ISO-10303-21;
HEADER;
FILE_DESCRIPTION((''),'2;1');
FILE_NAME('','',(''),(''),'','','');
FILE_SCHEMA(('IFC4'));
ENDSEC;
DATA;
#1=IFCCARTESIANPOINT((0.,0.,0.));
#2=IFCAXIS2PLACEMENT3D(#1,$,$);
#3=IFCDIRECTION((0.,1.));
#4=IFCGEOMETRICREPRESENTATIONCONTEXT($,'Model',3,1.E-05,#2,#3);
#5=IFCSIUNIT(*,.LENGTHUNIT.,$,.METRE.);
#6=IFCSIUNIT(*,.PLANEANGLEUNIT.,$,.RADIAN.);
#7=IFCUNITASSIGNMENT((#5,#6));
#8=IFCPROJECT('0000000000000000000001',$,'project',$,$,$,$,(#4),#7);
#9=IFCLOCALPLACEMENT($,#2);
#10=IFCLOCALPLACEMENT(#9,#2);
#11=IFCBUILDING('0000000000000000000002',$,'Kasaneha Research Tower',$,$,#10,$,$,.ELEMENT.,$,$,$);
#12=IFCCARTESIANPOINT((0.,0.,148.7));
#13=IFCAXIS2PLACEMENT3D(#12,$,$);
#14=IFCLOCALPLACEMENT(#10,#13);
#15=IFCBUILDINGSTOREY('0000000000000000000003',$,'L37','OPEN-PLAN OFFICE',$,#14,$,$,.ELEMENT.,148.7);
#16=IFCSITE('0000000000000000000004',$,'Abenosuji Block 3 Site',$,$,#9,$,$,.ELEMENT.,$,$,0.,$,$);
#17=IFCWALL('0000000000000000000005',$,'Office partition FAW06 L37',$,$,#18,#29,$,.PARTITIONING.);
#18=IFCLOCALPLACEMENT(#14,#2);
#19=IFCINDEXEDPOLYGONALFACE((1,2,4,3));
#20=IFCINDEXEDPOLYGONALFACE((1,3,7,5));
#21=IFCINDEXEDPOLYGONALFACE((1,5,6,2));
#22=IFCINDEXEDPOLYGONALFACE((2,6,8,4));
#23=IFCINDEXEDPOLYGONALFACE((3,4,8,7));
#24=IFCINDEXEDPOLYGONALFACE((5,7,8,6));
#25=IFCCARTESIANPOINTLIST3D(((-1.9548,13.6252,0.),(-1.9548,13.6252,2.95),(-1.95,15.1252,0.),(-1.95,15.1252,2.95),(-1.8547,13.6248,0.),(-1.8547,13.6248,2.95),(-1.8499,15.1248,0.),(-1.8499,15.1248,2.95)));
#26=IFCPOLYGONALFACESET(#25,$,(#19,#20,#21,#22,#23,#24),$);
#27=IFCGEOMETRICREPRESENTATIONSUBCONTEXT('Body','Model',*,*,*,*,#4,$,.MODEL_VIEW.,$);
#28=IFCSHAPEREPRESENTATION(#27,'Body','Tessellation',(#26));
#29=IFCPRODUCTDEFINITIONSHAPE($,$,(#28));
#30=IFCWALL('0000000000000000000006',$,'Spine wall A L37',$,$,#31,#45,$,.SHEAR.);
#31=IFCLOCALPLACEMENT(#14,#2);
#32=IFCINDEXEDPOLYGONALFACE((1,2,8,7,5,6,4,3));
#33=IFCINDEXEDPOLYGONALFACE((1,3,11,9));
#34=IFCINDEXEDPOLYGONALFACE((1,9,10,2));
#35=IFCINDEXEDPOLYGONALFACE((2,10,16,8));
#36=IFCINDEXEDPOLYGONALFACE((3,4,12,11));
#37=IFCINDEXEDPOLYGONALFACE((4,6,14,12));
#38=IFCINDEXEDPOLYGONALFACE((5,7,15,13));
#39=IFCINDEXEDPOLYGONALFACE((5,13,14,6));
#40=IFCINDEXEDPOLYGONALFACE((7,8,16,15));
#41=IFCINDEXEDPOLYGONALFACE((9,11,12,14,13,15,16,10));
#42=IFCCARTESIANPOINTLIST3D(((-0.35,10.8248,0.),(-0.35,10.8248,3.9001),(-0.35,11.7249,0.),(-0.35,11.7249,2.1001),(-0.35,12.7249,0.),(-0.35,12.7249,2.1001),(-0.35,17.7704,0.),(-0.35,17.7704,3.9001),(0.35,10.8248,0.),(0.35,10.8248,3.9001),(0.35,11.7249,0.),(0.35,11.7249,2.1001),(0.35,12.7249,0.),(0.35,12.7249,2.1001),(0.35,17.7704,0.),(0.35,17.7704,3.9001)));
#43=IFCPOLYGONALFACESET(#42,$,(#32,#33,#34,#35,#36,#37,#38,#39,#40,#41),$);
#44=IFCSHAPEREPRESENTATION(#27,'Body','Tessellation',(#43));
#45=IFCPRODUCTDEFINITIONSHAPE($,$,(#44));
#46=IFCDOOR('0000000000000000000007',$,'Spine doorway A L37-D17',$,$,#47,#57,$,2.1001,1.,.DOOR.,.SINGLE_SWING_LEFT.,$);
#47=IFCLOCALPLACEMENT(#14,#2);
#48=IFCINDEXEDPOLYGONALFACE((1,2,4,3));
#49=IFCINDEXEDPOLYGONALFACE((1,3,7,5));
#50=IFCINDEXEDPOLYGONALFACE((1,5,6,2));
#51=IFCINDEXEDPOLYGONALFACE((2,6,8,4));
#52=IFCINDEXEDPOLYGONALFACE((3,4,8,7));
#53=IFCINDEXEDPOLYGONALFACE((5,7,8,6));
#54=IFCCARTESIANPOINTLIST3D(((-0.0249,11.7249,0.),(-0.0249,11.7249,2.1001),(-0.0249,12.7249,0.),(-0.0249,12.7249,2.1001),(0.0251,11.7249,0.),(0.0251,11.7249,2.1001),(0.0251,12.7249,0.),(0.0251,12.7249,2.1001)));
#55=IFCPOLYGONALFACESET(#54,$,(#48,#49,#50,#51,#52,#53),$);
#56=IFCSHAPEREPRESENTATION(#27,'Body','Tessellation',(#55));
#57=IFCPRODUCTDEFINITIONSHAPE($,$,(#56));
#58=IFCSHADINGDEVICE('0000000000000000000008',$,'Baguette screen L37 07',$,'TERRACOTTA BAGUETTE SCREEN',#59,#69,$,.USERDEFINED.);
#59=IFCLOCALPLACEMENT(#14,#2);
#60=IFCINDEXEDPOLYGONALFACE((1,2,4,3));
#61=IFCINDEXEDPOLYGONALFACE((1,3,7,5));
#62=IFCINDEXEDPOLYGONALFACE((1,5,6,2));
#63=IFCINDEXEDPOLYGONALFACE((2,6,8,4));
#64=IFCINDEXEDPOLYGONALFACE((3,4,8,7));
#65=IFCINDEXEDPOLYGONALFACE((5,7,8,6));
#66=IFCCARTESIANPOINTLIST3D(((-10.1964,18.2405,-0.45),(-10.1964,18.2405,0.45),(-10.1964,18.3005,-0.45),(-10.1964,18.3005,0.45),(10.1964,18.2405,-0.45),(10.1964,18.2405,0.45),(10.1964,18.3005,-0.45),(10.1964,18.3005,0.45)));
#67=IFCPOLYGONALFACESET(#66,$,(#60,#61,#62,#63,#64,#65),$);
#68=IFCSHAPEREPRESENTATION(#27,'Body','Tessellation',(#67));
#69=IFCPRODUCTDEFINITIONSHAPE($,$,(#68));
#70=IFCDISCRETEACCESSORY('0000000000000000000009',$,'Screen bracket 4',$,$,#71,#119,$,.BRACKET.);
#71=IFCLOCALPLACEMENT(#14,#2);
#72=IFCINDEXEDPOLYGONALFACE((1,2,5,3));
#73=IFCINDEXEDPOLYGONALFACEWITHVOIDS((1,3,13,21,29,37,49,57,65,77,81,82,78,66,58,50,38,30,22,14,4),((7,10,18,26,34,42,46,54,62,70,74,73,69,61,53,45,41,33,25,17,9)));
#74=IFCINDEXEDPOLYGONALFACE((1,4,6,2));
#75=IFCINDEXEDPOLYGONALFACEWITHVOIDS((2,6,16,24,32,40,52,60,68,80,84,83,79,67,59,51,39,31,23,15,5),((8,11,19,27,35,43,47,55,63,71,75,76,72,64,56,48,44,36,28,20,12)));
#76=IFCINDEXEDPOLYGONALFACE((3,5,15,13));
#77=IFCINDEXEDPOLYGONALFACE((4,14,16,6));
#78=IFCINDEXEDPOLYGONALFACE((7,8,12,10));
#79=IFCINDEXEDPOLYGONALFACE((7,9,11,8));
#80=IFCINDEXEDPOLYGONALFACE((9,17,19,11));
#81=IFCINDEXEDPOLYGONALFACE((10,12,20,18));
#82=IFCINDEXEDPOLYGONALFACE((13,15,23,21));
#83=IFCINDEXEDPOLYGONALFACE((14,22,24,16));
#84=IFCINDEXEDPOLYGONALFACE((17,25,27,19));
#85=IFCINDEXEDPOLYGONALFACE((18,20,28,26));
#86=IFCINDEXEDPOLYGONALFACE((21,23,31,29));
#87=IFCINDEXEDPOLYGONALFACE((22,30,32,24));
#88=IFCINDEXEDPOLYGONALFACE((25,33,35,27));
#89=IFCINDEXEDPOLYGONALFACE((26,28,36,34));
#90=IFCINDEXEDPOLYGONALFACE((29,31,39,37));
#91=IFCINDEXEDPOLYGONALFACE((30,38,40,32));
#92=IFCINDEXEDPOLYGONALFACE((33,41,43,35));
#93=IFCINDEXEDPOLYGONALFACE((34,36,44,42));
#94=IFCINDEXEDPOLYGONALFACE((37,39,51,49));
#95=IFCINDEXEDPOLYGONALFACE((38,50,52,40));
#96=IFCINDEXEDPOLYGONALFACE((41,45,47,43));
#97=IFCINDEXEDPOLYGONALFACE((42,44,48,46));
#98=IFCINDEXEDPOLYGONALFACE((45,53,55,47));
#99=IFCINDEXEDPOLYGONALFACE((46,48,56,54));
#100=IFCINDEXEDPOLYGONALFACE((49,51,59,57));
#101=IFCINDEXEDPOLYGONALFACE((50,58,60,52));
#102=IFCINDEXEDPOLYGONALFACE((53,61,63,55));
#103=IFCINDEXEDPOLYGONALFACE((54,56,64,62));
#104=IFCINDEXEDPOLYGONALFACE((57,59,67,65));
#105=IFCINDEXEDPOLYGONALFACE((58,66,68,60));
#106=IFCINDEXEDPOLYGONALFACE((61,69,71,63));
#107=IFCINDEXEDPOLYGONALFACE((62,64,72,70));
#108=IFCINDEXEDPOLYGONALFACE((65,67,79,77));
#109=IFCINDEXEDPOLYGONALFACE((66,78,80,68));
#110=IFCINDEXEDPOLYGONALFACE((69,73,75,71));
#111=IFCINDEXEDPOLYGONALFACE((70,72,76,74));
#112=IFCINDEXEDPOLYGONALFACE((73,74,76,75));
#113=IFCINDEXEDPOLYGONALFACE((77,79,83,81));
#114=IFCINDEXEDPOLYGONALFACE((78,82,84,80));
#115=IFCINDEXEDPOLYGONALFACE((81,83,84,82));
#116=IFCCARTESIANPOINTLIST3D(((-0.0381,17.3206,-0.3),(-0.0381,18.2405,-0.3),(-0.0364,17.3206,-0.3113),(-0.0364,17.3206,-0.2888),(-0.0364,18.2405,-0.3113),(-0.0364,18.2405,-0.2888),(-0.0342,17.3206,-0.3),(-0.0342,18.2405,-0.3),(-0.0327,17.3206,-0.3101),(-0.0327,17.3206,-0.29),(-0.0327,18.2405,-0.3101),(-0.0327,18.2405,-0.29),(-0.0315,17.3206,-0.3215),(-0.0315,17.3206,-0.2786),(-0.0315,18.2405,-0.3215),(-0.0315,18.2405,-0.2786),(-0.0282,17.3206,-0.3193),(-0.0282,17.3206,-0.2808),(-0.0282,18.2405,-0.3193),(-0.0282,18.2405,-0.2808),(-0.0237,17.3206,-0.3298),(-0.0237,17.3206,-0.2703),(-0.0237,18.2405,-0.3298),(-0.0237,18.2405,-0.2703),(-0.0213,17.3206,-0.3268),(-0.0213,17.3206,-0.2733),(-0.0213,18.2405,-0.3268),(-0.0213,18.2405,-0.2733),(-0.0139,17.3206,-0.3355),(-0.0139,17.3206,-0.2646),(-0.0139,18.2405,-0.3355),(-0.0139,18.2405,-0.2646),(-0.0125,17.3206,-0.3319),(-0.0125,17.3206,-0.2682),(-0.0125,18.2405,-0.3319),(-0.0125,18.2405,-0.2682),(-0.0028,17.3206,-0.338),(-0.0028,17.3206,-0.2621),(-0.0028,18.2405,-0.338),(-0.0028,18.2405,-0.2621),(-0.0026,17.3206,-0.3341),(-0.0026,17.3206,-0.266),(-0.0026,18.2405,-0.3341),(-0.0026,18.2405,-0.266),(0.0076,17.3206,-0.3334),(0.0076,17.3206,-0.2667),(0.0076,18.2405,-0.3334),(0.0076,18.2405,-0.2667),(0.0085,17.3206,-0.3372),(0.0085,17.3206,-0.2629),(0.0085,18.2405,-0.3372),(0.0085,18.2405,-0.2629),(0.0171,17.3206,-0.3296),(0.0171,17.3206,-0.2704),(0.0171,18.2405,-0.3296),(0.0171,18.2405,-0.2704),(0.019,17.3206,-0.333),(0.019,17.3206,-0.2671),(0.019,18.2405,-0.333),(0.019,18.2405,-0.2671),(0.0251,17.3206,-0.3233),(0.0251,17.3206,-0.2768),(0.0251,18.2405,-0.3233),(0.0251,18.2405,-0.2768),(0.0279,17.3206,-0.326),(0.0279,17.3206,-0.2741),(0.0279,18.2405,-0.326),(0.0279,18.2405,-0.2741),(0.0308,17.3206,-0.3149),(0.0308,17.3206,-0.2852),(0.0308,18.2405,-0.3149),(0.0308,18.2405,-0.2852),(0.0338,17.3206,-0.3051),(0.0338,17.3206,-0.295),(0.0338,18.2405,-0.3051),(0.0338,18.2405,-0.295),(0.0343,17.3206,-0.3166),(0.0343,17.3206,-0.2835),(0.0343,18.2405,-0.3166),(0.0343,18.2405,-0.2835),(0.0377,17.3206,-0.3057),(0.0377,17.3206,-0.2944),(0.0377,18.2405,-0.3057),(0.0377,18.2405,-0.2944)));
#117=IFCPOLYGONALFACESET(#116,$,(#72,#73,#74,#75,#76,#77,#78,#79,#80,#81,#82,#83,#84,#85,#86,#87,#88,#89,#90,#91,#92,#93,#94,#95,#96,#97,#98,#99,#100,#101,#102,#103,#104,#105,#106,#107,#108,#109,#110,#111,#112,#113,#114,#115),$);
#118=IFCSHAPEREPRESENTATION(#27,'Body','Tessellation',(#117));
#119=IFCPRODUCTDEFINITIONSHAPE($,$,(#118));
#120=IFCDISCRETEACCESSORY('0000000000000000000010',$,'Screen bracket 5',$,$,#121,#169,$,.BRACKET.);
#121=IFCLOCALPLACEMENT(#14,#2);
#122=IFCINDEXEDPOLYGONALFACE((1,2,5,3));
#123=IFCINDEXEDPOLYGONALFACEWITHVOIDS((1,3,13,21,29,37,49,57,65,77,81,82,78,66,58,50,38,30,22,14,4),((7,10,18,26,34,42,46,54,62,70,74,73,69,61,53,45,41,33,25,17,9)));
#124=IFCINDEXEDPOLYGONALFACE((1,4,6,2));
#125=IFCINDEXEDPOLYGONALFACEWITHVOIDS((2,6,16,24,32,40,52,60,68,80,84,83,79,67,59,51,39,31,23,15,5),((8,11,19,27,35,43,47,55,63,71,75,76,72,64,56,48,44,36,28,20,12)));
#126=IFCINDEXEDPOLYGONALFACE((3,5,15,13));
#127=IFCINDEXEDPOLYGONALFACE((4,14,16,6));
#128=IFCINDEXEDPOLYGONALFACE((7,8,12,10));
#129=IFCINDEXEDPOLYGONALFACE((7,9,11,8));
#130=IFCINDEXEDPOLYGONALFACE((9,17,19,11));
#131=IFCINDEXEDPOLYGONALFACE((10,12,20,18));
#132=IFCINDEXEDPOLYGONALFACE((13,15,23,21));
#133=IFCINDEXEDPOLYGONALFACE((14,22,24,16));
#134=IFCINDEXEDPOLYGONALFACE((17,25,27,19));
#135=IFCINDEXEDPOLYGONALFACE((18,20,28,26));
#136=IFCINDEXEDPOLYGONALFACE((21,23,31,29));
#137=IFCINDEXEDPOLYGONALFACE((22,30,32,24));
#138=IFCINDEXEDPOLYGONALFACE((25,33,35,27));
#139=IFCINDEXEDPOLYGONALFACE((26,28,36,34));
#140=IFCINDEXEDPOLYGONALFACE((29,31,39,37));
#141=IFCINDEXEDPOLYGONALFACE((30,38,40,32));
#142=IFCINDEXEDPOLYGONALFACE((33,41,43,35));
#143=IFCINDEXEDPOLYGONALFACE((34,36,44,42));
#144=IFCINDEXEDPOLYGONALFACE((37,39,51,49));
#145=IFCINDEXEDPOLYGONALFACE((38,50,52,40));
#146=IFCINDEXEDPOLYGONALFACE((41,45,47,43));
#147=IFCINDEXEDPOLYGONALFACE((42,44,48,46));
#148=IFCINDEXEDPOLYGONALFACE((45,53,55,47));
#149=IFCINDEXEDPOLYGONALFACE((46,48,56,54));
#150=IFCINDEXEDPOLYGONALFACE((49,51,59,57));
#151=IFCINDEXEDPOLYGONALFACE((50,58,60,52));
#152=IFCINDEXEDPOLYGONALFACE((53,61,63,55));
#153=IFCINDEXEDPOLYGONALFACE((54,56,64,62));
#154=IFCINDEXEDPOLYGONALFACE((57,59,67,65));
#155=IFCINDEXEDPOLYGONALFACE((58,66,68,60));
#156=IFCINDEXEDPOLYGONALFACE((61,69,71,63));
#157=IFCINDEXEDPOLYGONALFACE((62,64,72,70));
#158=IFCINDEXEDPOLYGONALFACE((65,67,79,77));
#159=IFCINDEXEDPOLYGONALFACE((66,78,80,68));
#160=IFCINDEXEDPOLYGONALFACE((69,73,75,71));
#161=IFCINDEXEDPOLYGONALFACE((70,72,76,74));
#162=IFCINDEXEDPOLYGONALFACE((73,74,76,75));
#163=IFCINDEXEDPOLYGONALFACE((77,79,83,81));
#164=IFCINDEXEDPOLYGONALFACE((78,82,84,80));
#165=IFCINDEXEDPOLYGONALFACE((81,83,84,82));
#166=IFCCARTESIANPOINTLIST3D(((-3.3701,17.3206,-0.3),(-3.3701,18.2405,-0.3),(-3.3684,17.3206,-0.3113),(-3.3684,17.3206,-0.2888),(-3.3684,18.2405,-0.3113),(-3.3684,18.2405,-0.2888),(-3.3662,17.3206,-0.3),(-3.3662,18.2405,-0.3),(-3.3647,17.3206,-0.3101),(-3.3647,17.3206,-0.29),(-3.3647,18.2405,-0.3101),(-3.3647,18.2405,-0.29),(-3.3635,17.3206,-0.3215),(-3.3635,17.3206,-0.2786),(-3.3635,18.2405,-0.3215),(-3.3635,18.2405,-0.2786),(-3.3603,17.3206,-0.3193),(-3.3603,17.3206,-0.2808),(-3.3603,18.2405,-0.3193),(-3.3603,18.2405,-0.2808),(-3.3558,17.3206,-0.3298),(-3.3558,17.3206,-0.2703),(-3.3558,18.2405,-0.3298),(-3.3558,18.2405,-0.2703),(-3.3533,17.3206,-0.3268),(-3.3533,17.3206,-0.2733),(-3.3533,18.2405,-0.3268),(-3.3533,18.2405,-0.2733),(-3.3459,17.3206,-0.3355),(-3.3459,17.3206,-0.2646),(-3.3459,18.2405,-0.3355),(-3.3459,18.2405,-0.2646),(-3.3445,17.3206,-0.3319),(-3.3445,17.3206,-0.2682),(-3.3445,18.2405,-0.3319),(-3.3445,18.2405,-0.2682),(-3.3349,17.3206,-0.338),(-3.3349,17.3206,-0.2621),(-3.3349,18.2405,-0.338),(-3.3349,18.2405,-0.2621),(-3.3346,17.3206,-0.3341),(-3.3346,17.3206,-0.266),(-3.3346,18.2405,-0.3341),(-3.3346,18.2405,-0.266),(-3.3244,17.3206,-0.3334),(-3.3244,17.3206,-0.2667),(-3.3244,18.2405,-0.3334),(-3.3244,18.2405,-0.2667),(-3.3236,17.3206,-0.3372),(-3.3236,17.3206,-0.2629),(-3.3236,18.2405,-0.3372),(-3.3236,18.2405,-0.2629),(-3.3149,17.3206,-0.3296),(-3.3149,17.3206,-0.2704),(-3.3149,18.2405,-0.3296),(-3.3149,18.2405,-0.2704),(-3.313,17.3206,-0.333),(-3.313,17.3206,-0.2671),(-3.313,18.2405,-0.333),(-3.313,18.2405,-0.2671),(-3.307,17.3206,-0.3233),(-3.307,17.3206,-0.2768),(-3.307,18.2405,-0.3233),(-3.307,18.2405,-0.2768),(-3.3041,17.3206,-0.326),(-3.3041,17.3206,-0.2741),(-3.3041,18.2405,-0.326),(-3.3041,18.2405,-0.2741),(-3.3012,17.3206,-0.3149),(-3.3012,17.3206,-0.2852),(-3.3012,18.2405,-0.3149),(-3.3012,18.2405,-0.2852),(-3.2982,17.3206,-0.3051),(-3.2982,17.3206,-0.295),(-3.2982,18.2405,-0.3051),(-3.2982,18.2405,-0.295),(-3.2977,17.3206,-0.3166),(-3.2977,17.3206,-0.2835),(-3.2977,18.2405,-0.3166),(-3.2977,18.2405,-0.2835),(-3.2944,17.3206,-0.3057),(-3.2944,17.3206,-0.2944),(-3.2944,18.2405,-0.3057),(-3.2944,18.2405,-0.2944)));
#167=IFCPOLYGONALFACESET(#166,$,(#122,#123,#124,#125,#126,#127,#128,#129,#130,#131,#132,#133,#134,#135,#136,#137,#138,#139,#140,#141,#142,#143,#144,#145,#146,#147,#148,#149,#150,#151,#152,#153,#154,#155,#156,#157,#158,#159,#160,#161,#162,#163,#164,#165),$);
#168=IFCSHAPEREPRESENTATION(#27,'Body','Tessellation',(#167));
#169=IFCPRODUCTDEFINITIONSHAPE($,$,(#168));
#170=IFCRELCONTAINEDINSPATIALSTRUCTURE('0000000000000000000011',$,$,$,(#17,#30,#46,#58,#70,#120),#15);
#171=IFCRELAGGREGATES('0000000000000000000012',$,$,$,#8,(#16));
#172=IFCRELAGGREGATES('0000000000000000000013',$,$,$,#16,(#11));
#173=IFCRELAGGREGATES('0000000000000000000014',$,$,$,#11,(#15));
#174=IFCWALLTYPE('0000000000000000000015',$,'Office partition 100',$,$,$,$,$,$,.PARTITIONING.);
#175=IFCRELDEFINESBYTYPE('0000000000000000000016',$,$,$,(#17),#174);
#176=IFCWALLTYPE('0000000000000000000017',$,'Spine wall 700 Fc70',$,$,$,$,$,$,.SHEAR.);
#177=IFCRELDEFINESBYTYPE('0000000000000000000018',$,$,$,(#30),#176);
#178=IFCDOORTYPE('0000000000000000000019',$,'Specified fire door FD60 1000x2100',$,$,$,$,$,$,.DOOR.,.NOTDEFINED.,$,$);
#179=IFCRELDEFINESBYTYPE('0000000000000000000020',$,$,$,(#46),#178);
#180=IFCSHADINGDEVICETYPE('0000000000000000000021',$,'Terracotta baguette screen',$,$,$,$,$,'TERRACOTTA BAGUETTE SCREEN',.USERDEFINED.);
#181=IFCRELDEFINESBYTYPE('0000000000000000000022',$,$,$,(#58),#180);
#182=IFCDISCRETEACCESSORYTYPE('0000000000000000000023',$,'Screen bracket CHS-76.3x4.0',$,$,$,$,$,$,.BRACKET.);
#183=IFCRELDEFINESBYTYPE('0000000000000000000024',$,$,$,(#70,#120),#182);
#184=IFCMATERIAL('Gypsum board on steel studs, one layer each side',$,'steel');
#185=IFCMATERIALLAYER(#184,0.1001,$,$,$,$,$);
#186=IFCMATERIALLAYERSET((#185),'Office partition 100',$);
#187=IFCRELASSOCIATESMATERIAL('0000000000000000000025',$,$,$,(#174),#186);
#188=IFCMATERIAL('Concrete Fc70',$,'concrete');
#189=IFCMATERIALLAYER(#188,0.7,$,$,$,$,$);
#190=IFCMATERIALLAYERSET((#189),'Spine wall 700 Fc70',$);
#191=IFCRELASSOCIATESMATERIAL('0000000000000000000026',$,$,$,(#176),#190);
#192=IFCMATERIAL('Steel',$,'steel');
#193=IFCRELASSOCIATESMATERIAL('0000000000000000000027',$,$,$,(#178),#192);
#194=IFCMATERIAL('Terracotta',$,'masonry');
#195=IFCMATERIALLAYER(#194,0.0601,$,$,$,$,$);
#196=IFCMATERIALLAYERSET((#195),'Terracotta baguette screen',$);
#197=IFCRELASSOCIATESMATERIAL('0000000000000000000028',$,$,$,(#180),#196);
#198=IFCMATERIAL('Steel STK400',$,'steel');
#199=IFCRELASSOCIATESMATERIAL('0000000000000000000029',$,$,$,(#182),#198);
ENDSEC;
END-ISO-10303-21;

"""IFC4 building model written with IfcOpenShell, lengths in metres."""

from ifc_helpers import new_model, si_unit, direction, frame, frame_2d, origin, origin_2d, place, context, subcontext, project, spatial, rectangle, hollow_circle, extrude, material, layer, layer_set, material_profile, profile_set, type_object, element, fill, save


model = new_model("IFC4")

# Units and contexts
model_context = context("Model", 3, precision=1e-05, world=origin(), true_north=direction((0.0, 1.0)))
body_context = subcontext(model_context, "Body", "Model", "MODEL_VIEW")
ifc_project = project(units=[si_unit("LENGTHUNIT", "METRE"), si_unit("PLANEANGLEUNIT", "RADIAN")], contexts=[model_context])

# Site, building, storey
site_placement = place(None, origin())
site = spatial("IfcSite", under=ifc_project, at=site_placement, Name="Abenosuji Block 3 Site", CompositionType="ELEMENT", RefElevation=0.0)
building_placement = place(site_placement, origin())
building = spatial("IfcBuilding", under=site, at=building_placement, Name="Kasaneha Research Tower", CompositionType="ELEMENT")
storey_placement = place(building_placement, frame((0.0, 0.0, 148.7)))
storey = spatial("IfcBuildingStorey", under=building, at=storey_placement, Name="L37", Description="OPEN-PLAN OFFICE", CompositionType="ELEMENT", Elevation=148.7)

# Shared definitions
ifc_material_1 = material(Name="Gypsum board on steel studs, one layer each side", Category="steel")
ifc_layer_1 = layer(ifc_material_1, 0.1001)
ifc_layer_set_1 = layer_set([ifc_layer_1], Name="Office partition 100")
wall_type_1 = type_object("IfcWallType", Name="Office partition 100", PredefinedType="PARTITIONING", material=ifc_layer_set_1)

# Wall
for number, where, z_axis, x_axis, name in (
    (1, (-1.8999, 15.125, 0.0), (0.0, 0.0, 1.0), (-0.003255, -0.999995, 0.0), "Office partition FAW06 L37"),
):
    element("IfcWall", number, at=place(storey_placement, frame(where, z_axis=z_axis, x_axis=x_axis)), inside=storey, type_object=wall_type_1, Name=name, PredefinedType="PARTITIONING", context=body_context, shape_type="SweptSolid", body=[
        extrude(rectangle(XDim=1.5, YDim=0.1001, at=frame_2d((0.75, 0.0))), origin(), (0.0, 0.0, 1.0), 2.95),
    ])

# Wall, opening, door
ifc_material_2 = material(Name="Concrete Fc70", Category="concrete")
ifc_layer_2 = layer(ifc_material_2, 0.7)
ifc_layer_set_2 = layer_set([ifc_layer_2], Name="Spine wall 700 Fc70")
wall_type_2 = type_object("IfcWallType", Name="Spine wall 700 Fc70", PredefinedType="SHEAR", material=ifc_layer_set_2)
wall_1_placement = place(storey_placement, frame((0.0, 10.825, 0.0), z_axis=(0.0, 0.0, 1.0), x_axis=(0.0, 1.0, 0.0)))
wall_1 = element("IfcWall", 2, at=wall_1_placement, inside=storey, type_object=wall_type_2, Name="Spine wall A L37", PredefinedType="SHEAR", context=body_context, shape_type="SweptSolid", body=[
    extrude(rectangle(XDim=6.9456, YDim=0.7, at=frame_2d((3.4727, 0.0))), origin(), (0.0, 0.0, 1.0), 3.9001),
])
opening_1_placement = place(wall_1_placement, frame((0.8999, 0.0, 0.0)))
opening_1 = element("IfcOpeningElement", 3, at=opening_1_placement, cuts=wall_1, PredefinedType="OPENING", context=body_context, shape_type="SweptSolid", body=[
    extrude(rectangle(XDim=1.0, YDim=2.1001, at=frame_2d((0.5, 1.05))), frame((0.0, 0.3599, 0.0), z_axis=(0.0, -1.0, 0.0), x_axis=(1.0, 0.0, 0.0)), (0.0, 0.0, 1.0), 0.72),
])
ifc_material_3 = material(Name="Steel", Category="steel")
door_type_1 = type_object("IfcDoorType", Name="Specified fire door FD60 1000x2100", OperationType="NOTDEFINED", PredefinedType="DOOR", material=ifc_material_3)
door_1_placement = place(opening_1_placement, origin())
door_1 = element("IfcDoor", 4, at=door_1_placement, inside=storey, type_object=door_type_1, Name="Spine doorway A L37-D17", OperationType="SINGLE_SWING_LEFT", OverallHeight=2.1001, OverallWidth=1.0, PredefinedType="DOOR", context=body_context, shape_type="SweptSolid", body=[
    extrude(rectangle(XDim=1.0, YDim=2.1001, at=frame_2d((0.5, 1.05))), frame((0.0, 0.0249, 0.0), z_axis=(0.0, -1.0, 0.0), x_axis=(1.0, 0.0, 0.0)), (0.0, 0.0, 1.0), 0.05),
])
fill(opening_1, door_1)

# Shading device
ifc_material_4 = material(Name="Terracotta", Category="masonry")
ifc_layer_3 = layer(ifc_material_4, 0.0601)
ifc_layer_set_3 = layer_set([ifc_layer_3], Name="Terracotta baguette screen")
shading_device_type = type_object("IfcShadingDeviceType", Name="Terracotta baguette screen", ElementType="TERRACOTTA BAGUETTE SCREEN", PredefinedType="USERDEFINED", material=ifc_layer_set_3)
shading_device_placement = place(storey_placement, frame((0.0, 18.2705, -0.45), z_axis=(0.0, 0.0, 1.0), x_axis=(-1.0, 0.0, 0.0)))
element("IfcShadingDevice", 5, at=shading_device_placement, inside=storey, type_object=shading_device_type, Name="Baguette screen L37 07", ObjectType="TERRACOTTA BAGUETTE SCREEN", PredefinedType="USERDEFINED", context=body_context, shape_type="SweptSolid", body=[
    extrude(rectangle(XDim=20.3928, YDim=0.0601, at=origin_2d()), origin(), (0.0, 0.0, 1.0), 0.8999),
])

# Discrete accessories
ifc_material_5 = material(Name="Steel STK400", Category="steel")
ifc_material_profile_1 = material_profile(ifc_material_5, hollow_circle(Radius=0.0381, WallThickness=0.0039, at=origin_2d()), Name="CHS-76.3x4.0")
ifc_profile_set_1 = profile_set([ifc_material_profile_1], Name="Steel STK400")
discrete_accessory_type = type_object("IfcDiscreteAccessoryType", Name="Screen bracket CHS-76.3x4.0", PredefinedType="BRACKET", material=ifc_profile_set_1)
for number, where, z_axis, x_axis, name in (
    (6, (0.0, 17.3206, -0.3), (0.0, 1.0, 0.0), (-1.0, 0.0, 0.0), "Screen bracket 4"),
    (7, (-3.332, 17.3206, -0.3), (0.0, 1.0, 0.0), (-1.0, 0.0, 0.0), "Screen bracket 5"),
):
    element("IfcDiscreteAccessory", number, at=place(storey_placement, frame(where, z_axis=z_axis, x_axis=x_axis)), inside=storey, type_object=discrete_accessory_type, Name=name, PredefinedType="BRACKET", context=body_context, shape_type="SweptSolid", body=[
        extrude(hollow_circle(Radius=0.0381, WallThickness=0.0039, at=origin_2d()), origin(), (0.0, 0.0, 1.0), 0.9199),
    ])

save(model, "model.ifc")
